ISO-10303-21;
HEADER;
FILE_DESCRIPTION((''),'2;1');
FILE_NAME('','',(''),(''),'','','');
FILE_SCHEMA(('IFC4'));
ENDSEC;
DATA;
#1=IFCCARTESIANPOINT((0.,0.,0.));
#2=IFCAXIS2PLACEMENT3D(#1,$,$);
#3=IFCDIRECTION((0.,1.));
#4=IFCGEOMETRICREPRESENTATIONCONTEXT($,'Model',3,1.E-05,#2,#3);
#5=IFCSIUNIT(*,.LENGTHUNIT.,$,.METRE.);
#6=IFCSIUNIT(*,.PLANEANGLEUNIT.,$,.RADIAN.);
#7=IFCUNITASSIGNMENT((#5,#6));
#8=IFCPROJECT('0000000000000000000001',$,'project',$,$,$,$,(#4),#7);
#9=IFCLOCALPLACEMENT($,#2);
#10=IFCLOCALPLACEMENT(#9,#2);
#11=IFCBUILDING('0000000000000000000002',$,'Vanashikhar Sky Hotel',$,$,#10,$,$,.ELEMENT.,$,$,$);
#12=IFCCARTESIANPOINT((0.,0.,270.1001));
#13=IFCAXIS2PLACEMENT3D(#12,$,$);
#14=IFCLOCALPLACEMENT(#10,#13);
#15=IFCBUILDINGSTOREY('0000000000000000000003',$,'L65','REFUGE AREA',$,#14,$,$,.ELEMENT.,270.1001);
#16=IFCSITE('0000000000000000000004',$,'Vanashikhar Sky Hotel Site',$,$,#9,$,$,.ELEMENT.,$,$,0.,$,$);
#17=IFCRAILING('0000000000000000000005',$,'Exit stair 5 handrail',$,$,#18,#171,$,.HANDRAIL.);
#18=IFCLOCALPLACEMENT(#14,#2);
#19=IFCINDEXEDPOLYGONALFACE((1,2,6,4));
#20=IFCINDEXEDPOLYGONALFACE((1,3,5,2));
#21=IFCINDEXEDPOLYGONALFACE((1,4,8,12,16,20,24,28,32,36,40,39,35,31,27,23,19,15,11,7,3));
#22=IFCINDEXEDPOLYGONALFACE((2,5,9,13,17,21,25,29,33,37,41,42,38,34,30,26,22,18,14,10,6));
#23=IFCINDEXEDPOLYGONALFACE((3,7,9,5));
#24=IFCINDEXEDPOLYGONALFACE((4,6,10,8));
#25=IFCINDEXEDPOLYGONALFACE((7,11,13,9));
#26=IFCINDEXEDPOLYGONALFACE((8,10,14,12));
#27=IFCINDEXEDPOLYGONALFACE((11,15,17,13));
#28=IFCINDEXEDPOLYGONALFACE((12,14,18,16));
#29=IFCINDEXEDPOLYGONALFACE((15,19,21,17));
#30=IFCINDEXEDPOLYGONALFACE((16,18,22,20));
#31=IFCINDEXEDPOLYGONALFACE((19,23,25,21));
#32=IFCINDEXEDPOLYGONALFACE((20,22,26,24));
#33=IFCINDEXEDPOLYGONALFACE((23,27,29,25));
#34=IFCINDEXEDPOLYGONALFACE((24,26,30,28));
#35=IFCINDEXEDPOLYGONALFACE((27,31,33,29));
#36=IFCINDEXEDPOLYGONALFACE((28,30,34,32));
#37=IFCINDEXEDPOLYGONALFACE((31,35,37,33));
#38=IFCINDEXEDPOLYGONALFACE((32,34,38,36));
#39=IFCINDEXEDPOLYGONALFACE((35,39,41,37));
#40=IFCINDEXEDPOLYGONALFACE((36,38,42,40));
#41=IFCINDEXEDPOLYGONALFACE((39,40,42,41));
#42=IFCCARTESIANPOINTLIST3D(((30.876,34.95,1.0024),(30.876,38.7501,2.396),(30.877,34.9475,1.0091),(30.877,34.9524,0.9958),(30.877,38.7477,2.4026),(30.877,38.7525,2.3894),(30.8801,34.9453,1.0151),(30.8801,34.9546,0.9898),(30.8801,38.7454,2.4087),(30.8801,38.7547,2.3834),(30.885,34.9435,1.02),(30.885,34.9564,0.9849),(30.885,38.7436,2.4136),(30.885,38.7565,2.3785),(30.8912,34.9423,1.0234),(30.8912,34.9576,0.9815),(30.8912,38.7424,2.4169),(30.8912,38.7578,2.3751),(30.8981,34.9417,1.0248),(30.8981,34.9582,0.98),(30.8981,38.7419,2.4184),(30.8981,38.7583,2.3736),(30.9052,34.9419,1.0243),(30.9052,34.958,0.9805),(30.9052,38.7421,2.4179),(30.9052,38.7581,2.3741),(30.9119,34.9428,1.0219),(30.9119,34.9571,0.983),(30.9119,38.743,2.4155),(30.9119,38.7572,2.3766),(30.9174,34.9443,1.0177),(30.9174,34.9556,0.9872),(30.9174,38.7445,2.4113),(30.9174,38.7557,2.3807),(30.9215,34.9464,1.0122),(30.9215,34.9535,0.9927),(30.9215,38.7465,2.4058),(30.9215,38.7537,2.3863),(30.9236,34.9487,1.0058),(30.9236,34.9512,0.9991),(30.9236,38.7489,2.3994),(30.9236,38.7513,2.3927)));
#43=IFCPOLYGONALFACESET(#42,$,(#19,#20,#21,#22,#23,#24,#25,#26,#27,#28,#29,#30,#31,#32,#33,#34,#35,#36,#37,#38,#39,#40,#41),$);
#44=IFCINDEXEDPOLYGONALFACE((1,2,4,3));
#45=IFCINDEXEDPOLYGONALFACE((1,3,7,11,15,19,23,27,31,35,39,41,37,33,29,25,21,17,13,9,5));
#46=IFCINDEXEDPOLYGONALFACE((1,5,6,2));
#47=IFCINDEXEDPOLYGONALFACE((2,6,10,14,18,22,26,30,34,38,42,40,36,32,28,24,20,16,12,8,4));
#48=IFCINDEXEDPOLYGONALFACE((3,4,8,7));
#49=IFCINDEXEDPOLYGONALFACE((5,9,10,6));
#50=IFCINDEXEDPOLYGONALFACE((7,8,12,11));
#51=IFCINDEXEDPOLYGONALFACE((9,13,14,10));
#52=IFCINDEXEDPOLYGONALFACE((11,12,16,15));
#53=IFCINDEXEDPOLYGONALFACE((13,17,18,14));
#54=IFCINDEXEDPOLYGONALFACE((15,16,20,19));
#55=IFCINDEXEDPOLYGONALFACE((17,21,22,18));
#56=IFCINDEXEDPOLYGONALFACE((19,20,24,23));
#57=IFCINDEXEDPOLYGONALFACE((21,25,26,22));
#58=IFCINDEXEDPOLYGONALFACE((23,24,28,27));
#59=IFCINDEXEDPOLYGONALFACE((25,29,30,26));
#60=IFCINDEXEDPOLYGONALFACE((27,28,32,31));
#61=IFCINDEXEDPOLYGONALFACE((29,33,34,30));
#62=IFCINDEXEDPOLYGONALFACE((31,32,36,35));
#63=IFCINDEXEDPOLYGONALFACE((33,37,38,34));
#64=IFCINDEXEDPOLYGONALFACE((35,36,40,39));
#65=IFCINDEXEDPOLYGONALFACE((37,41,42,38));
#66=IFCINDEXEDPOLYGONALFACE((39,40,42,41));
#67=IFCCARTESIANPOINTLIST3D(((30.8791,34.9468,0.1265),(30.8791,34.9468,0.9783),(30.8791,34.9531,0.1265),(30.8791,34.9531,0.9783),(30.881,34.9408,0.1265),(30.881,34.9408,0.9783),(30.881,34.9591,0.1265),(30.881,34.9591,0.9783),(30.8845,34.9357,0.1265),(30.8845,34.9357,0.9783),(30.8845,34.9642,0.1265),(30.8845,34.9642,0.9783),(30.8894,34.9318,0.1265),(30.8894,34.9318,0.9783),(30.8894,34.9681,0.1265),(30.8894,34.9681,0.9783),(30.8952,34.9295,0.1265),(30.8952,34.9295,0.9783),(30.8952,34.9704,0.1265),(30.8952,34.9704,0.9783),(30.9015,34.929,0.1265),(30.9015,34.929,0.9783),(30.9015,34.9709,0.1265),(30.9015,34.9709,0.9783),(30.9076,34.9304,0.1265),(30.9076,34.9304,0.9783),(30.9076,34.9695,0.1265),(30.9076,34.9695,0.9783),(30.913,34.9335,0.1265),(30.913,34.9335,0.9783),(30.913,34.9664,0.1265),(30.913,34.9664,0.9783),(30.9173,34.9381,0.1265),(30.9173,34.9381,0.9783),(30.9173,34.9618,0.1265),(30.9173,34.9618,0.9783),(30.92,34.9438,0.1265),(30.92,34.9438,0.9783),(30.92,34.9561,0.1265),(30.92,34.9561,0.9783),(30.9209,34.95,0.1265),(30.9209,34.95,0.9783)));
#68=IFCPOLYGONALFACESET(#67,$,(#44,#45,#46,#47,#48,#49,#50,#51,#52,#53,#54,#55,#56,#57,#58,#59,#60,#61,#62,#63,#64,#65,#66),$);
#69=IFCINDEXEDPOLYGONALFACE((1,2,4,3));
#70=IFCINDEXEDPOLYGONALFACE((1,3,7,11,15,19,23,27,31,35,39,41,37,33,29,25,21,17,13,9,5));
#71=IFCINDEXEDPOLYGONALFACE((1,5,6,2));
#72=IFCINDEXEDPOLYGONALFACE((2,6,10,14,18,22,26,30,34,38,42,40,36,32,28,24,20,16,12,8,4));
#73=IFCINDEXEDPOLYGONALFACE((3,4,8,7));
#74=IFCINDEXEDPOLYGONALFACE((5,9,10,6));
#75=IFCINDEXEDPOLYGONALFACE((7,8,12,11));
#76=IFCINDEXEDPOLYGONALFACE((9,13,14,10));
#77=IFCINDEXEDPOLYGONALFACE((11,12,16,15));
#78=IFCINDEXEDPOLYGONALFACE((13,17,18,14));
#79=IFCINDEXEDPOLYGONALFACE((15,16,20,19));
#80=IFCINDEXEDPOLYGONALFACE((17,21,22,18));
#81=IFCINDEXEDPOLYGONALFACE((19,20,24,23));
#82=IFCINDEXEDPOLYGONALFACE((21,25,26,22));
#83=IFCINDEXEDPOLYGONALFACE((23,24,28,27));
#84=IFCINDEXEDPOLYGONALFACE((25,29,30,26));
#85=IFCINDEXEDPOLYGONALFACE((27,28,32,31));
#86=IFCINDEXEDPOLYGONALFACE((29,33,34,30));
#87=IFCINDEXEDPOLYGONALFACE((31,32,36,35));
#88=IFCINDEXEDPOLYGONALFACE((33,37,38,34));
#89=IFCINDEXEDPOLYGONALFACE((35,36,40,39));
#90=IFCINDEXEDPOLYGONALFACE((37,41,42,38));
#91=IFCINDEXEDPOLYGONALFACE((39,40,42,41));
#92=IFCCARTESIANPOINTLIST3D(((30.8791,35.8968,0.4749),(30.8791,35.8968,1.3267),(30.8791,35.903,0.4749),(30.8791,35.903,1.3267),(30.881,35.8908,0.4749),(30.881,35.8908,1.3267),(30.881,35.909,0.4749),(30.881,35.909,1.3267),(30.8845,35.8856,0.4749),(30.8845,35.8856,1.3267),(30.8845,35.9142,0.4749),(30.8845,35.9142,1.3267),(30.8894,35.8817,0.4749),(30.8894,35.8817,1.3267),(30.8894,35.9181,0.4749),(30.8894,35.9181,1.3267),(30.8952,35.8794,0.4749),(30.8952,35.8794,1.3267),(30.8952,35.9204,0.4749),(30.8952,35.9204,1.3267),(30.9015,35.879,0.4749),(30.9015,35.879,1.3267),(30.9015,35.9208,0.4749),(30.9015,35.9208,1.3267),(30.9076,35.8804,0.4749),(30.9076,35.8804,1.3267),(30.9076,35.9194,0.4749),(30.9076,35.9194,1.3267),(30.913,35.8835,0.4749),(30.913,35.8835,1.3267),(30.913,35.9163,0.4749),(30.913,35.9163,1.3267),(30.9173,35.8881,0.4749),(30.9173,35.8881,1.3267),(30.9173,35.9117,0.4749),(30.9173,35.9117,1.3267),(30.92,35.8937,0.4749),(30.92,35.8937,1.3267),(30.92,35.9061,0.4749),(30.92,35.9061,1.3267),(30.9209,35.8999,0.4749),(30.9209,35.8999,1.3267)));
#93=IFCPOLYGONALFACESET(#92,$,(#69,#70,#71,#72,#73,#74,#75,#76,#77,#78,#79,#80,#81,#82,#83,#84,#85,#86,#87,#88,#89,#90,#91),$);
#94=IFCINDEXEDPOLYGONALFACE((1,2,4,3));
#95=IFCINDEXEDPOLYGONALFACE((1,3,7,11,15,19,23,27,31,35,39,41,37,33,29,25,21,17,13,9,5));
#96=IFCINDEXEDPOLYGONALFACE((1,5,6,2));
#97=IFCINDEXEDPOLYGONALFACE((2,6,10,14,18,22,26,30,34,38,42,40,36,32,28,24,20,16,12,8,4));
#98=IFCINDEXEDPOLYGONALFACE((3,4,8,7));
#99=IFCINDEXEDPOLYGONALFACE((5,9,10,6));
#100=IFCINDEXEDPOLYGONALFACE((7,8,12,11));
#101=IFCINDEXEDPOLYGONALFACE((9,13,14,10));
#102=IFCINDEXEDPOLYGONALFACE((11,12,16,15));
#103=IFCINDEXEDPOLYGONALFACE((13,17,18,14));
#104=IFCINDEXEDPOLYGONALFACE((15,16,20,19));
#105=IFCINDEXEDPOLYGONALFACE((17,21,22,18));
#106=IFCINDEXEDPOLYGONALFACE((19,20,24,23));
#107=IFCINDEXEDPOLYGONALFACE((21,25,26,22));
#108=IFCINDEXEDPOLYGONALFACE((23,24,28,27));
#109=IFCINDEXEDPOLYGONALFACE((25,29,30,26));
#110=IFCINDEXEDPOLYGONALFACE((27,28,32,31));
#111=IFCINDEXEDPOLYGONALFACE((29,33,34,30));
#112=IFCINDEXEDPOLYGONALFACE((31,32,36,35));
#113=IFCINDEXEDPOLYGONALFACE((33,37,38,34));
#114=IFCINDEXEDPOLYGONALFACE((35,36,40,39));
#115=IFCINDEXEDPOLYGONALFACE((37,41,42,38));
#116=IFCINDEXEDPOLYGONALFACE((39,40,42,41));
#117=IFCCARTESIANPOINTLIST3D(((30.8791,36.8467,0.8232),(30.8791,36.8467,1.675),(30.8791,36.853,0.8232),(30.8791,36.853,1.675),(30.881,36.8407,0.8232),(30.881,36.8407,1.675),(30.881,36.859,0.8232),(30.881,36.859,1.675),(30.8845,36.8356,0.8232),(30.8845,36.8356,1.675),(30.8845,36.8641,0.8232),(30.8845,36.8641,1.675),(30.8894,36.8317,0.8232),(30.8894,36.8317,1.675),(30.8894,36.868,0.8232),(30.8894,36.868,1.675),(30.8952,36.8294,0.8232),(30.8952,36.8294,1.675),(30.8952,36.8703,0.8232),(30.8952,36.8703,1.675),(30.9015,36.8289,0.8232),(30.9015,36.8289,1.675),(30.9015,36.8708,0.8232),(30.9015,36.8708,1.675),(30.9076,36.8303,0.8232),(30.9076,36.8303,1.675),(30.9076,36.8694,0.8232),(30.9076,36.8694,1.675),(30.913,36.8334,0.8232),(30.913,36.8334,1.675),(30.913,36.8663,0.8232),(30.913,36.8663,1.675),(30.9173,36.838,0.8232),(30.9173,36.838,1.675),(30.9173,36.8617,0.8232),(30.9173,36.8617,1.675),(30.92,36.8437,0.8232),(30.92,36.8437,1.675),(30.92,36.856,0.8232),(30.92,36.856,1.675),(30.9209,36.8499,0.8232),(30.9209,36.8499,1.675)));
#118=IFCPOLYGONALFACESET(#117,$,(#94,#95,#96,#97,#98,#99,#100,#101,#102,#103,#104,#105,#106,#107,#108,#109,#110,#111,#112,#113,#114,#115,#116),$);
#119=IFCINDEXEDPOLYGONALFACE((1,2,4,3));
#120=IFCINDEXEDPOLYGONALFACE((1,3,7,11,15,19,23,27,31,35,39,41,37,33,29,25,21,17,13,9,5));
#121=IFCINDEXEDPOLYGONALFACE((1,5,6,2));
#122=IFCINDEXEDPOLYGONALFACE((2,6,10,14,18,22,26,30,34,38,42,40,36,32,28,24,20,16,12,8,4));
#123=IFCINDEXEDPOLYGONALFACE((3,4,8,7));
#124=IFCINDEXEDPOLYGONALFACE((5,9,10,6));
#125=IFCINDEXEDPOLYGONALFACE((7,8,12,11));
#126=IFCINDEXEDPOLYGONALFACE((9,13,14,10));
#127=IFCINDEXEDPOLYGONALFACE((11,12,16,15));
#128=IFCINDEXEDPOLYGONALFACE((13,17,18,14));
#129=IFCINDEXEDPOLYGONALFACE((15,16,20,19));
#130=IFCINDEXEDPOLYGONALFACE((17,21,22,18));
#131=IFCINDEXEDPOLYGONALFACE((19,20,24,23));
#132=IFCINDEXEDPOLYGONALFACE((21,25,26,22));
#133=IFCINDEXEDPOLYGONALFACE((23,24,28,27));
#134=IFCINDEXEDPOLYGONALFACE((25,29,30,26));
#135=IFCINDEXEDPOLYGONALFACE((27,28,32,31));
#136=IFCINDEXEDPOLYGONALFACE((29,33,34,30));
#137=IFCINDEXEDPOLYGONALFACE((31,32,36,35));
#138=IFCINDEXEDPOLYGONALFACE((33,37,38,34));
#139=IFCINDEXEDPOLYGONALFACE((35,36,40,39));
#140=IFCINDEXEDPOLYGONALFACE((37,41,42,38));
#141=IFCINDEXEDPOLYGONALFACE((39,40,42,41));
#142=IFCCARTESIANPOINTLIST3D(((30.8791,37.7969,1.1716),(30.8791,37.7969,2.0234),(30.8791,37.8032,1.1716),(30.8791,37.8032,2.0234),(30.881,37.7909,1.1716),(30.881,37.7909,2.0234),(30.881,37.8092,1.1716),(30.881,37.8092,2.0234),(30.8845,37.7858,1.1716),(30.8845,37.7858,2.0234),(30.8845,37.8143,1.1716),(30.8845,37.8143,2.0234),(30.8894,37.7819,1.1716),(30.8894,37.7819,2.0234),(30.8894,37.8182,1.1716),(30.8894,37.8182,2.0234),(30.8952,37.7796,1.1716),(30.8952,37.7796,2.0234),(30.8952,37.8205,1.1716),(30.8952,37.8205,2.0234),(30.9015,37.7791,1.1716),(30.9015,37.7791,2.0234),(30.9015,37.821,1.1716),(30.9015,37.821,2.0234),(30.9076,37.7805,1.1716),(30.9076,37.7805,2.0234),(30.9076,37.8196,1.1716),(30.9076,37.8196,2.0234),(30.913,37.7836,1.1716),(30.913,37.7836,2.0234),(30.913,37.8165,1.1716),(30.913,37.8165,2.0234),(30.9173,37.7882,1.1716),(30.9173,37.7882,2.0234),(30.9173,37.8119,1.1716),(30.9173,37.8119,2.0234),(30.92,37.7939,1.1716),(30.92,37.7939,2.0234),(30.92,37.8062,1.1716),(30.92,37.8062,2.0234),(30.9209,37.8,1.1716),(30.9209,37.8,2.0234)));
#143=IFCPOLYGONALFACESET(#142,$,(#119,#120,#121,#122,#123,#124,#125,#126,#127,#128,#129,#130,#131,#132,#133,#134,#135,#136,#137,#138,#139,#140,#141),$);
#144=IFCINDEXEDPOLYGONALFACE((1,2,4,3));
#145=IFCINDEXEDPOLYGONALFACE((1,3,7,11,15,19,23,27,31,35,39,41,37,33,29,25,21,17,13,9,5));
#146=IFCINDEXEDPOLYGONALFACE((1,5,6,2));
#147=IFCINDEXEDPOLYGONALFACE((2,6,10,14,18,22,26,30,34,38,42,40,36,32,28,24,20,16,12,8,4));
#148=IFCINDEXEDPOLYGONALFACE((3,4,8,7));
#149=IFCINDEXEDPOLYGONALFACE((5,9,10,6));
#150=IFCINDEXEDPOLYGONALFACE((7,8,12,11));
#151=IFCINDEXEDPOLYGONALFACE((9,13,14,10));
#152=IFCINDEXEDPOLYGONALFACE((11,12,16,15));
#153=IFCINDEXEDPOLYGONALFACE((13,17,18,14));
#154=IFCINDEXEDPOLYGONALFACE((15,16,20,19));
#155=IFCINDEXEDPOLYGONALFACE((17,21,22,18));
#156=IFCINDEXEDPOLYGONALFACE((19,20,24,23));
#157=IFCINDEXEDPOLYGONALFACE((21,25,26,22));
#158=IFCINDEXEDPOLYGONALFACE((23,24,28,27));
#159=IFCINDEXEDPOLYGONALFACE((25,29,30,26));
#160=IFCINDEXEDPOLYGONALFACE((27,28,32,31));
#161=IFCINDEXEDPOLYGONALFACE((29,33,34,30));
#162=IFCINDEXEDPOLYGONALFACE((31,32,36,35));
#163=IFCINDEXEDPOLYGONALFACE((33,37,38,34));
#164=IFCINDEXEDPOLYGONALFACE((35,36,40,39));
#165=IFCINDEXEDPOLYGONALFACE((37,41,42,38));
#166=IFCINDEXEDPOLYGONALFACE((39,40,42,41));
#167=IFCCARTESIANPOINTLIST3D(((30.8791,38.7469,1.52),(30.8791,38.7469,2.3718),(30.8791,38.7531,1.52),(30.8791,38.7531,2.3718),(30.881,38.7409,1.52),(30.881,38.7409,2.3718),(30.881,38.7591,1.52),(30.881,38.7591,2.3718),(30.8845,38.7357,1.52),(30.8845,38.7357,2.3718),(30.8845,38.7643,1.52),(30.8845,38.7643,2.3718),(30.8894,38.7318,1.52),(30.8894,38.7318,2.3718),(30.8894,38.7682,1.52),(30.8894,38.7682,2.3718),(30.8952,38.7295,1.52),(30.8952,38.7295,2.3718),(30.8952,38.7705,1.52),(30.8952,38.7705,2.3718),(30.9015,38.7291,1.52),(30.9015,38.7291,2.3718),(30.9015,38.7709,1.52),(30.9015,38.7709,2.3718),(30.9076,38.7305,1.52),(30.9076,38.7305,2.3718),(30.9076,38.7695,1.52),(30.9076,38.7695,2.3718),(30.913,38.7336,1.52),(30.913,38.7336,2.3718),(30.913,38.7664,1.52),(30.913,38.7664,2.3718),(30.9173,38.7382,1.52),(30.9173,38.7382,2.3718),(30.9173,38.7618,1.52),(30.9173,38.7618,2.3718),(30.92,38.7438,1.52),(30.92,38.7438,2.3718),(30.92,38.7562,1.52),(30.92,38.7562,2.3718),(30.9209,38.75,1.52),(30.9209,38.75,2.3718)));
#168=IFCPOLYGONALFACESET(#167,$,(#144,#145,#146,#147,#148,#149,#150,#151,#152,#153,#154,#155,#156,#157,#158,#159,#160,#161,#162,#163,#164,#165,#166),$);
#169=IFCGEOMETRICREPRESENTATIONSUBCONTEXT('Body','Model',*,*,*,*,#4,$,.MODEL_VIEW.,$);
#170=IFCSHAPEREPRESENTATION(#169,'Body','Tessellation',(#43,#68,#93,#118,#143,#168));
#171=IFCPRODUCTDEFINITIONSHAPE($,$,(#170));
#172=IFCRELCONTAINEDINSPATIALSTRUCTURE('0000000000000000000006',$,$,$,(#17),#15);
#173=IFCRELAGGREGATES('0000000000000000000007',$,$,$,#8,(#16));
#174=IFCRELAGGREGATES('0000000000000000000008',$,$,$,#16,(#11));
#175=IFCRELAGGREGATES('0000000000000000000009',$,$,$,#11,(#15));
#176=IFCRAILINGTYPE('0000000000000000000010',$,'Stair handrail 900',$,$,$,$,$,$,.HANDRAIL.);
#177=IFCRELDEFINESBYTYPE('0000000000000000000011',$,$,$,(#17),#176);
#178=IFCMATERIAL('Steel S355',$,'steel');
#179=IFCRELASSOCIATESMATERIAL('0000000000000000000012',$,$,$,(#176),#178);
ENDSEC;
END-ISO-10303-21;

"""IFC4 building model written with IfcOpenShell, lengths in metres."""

from ifc_helpers import new_model, si_unit, direction, frame, origin, origin_2d, place, context, subcontext, project, spatial, circle, extrude, source, transform, mapped, material, type_object, element, save


model = new_model("IFC4")

# Units and contexts
model_context = context("Model", 3, precision=1e-05, world=origin(), true_north=direction((0.0, 1.0)))
body_context = subcontext(model_context, "Body", "Model", "MODEL_VIEW")
ifc_project = project(units=[si_unit("LENGTHUNIT", "METRE"), si_unit("PLANEANGLEUNIT", "RADIAN")], contexts=[model_context])

# Site, building, storey
site_placement = place(None, origin())
site = spatial("IfcSite", under=ifc_project, at=site_placement, Name="Vanashikhar Sky Hotel Site", CompositionType="ELEMENT", RefElevation=0.0)
building_placement = place(site_placement, origin())
building = spatial("IfcBuilding", under=site, at=building_placement, Name="Vanashikhar Sky Hotel", CompositionType="ELEMENT")
storey_placement = place(building_placement, frame((0.0, 0.0, 270.1001)))
storey = spatial("IfcBuildingStorey", under=building, at=storey_placement, Name="L65", Description="REFUGE AREA", CompositionType="ELEMENT", Elevation=270.1001)

# Railing
ifc_material_1 = material(Name="Steel S355", Category="steel")
railing_type_1 = type_object("IfcRailingType", Name="Stair handrail 900", PredefinedType="HANDRAIL", material=ifc_material_1)
shared_shape_1 = source(origin(), body_context, "Body", "SweptSolid", [
    extrude(circle(Radius=0.0239, at=origin_2d()), frame((0.0, 0.0, 0.876), z_axis=(0.0, 0.93886, 0.344299), x_axis=(-1.0, 0.0, 0.0)), (0.0, 0.0, 1.0), 4.0476),
    extrude(circle(Radius=0.021, at=origin_2d()), origin(), (0.0, 0.0, 1.0), 0.8518),
    extrude(circle(Radius=0.021, at=origin_2d()), frame((0.0, 0.95, 0.3484)), (0.0, 0.0, 1.0), 0.8518),
    extrude(circle(Radius=0.021, at=origin_2d()), frame((0.0, 1.8999, 0.6968)), (0.0, 0.0, 1.0), 0.8518),
    extrude(circle(Radius=0.021, at=origin_2d()), frame((0.0, 2.8501, 1.0452)), (0.0, 0.0, 1.0), 0.8518),
    extrude(circle(Radius=0.021, at=origin_2d()), frame((0.0, 3.8, 1.3936)), (0.0, 0.0, 1.0), 0.8518),
])
railing_1_placement = place(storey_placement, frame((30.8999, 34.95, 0.1265)))
element("IfcRailing", 1, at=railing_1_placement, inside=storey, type_object=railing_type_1, Name="Exit stair 5 handrail", PredefinedType="HANDRAIL", context=body_context, shape_type="MappedRepresentation", body=[
    mapped(shared_shape_1, transform((0.0, 0.0, 0.0), scale=1.0)),
])

save(model, "model.ifc")
